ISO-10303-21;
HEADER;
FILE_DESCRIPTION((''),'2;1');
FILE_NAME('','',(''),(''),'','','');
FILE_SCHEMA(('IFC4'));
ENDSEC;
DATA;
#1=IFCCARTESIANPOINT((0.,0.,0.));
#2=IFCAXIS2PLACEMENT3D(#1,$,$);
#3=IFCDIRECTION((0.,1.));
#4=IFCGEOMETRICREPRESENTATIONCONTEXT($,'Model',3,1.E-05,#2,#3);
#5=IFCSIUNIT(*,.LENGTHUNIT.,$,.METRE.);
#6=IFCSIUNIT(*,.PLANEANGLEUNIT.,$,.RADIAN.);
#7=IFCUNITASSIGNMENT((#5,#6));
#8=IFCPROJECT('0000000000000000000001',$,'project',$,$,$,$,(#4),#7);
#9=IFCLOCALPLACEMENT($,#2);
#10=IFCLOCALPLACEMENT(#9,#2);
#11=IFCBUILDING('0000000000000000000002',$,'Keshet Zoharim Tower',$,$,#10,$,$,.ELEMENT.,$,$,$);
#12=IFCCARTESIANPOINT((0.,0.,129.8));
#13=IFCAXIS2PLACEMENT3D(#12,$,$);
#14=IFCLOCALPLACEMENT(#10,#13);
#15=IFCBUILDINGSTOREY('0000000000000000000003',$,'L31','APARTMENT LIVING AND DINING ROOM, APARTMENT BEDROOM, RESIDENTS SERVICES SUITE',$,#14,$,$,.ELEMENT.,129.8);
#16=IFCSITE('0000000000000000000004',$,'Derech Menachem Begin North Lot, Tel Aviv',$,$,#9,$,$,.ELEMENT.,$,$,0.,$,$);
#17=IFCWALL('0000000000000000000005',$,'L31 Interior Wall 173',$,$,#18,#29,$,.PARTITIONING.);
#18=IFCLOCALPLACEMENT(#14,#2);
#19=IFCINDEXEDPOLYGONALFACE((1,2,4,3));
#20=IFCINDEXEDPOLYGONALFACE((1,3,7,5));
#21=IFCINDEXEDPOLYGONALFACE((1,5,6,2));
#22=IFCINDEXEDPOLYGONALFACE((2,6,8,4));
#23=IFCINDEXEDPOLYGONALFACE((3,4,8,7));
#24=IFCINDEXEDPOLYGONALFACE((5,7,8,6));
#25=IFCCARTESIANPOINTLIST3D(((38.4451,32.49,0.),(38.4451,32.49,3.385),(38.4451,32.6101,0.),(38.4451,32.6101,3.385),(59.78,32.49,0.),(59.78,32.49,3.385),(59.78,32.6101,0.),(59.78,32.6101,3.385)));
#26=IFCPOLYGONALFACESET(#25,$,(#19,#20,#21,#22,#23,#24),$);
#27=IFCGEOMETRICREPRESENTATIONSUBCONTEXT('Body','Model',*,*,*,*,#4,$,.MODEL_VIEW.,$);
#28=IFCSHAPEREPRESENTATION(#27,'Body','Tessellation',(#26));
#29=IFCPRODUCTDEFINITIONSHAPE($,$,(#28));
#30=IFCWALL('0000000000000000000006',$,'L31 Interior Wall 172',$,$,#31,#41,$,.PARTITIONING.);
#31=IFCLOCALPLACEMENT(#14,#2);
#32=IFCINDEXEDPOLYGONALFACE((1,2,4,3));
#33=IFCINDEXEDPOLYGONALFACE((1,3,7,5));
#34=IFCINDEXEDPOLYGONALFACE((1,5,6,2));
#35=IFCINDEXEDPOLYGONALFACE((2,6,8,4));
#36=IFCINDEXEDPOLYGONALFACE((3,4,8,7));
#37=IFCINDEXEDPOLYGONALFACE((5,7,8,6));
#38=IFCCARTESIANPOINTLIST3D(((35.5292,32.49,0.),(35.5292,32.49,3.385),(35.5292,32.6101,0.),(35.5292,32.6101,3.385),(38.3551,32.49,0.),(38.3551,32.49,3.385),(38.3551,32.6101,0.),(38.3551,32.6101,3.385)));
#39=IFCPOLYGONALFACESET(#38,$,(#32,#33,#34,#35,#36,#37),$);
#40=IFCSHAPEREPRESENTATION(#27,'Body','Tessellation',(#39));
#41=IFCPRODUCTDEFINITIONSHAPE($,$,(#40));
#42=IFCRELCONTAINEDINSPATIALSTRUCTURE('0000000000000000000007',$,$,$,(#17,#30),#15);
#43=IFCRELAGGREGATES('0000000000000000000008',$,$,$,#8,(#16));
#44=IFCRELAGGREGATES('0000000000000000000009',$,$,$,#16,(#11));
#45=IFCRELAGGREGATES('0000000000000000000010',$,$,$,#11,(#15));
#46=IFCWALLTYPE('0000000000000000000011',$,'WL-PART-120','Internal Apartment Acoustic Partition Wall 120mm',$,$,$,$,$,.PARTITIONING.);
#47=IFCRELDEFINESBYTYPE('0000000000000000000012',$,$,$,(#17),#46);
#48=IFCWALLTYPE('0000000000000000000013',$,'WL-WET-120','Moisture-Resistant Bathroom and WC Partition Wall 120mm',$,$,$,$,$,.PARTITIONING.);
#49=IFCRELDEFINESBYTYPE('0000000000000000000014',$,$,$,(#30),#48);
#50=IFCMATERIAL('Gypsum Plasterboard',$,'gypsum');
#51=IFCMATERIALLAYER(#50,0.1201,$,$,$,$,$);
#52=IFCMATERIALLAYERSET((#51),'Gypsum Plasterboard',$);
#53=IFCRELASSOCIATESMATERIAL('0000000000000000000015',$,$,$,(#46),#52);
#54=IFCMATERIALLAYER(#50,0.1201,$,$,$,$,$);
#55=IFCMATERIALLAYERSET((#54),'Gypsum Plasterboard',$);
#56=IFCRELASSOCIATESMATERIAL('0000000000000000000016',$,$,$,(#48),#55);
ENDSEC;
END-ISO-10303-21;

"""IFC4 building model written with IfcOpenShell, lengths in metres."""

from ifc_helpers import new_model, si_unit, direction, frame, frame_2d, origin, place, context, subcontext, project, spatial, rectangle, extrude, material, layer, layer_set, type_object, element, save


model = new_model("IFC4")

# Units and contexts
model_context = context("Model", 3, precision=1e-05, world=origin(), true_north=direction((0.0, 1.0)))
body_context = subcontext(model_context, "Body", "Model", "MODEL_VIEW")
ifc_project = project(units=[si_unit("LENGTHUNIT", "METRE"), si_unit("PLANEANGLEUNIT", "RADIAN")], contexts=[model_context])

# Site, building, storey
site_placement = place(None, origin())
site = spatial("IfcSite", under=ifc_project, at=site_placement, Name="Derech Menachem Begin North Lot, Tel Aviv", CompositionType="ELEMENT", RefElevation=0.0)
building_placement = place(site_placement, origin())
building = spatial("IfcBuilding", under=site, at=building_placement, Name="Keshet Zoharim Tower", CompositionType="ELEMENT")
storey_placement = place(building_placement, frame((0.0, 0.0, 129.8)))
storey = spatial("IfcBuildingStorey", under=building, at=storey_placement, Name="L31", Description="APARTMENT LIVING AND DINING ROOM, APARTMENT BEDROOM, RESIDENTS SERVICES SUITE", CompositionType="ELEMENT", Elevation=129.8)

# Shared definitions
ifc_material_1 = material(Name="Gypsum Plasterboard", Category="gypsum")

# Shared definitions
ifc_layer_1 = layer(ifc_material_1, 0.1201)
ifc_layer_set_1 = layer_set([ifc_layer_1], Name="Gypsum Plasterboard")
wall_type_1 = type_object("IfcWallType", Name="WL-PART-120", Description="Internal Apartment Acoustic Partition Wall 120mm", PredefinedType="PARTITIONING", material=ifc_layer_set_1)

# Wall
wall_1_placement = place(storey_placement, frame((38.4451, 32.55, 0.0), z_axis=(0.0, 0.0, 1.0), x_axis=(1.0, 0.0, 0.0)))
element("IfcWall", 1, at=wall_1_placement, inside=storey, type_object=wall_type_1, Name="L31 Interior Wall 173", PredefinedType="PARTITIONING", context=body_context, shape_type="SweptSolid", body=[
    extrude(rectangle(XDim=21.335, YDim=0.1201, at=frame_2d((10.6675, 0.0))), origin(), (0.0, 0.0, 1.0), 3.385),
])

# Wall
ifc_layer_2 = layer(ifc_material_1, 0.1201)
ifc_layer_set_2 = layer_set([ifc_layer_2], Name="Gypsum Plasterboard")
wall_type_2 = type_object("IfcWallType", Name="WL-WET-120", Description="Moisture-Resistant Bathroom and WC Partition Wall 120mm", PredefinedType="PARTITIONING", material=ifc_layer_set_2)
wall_2_placement = place(storey_placement, frame((35.5291, 32.55, 0.0), z_axis=(0.0, 0.0, 1.0), x_axis=(1.0, 0.0, 0.0)))
element("IfcWall", 2, at=wall_2_placement, inside=storey, type_object=wall_type_2, Name="L31 Interior Wall 172", PredefinedType="PARTITIONING", context=body_context, shape_type="SweptSolid", body=[
    extrude(rectangle(XDim=2.8259, YDim=0.1201, at=frame_2d((1.4131, 0.0))), origin(), (0.0, 0.0, 1.0), 3.385),
])

save(model, "model.ifc")
